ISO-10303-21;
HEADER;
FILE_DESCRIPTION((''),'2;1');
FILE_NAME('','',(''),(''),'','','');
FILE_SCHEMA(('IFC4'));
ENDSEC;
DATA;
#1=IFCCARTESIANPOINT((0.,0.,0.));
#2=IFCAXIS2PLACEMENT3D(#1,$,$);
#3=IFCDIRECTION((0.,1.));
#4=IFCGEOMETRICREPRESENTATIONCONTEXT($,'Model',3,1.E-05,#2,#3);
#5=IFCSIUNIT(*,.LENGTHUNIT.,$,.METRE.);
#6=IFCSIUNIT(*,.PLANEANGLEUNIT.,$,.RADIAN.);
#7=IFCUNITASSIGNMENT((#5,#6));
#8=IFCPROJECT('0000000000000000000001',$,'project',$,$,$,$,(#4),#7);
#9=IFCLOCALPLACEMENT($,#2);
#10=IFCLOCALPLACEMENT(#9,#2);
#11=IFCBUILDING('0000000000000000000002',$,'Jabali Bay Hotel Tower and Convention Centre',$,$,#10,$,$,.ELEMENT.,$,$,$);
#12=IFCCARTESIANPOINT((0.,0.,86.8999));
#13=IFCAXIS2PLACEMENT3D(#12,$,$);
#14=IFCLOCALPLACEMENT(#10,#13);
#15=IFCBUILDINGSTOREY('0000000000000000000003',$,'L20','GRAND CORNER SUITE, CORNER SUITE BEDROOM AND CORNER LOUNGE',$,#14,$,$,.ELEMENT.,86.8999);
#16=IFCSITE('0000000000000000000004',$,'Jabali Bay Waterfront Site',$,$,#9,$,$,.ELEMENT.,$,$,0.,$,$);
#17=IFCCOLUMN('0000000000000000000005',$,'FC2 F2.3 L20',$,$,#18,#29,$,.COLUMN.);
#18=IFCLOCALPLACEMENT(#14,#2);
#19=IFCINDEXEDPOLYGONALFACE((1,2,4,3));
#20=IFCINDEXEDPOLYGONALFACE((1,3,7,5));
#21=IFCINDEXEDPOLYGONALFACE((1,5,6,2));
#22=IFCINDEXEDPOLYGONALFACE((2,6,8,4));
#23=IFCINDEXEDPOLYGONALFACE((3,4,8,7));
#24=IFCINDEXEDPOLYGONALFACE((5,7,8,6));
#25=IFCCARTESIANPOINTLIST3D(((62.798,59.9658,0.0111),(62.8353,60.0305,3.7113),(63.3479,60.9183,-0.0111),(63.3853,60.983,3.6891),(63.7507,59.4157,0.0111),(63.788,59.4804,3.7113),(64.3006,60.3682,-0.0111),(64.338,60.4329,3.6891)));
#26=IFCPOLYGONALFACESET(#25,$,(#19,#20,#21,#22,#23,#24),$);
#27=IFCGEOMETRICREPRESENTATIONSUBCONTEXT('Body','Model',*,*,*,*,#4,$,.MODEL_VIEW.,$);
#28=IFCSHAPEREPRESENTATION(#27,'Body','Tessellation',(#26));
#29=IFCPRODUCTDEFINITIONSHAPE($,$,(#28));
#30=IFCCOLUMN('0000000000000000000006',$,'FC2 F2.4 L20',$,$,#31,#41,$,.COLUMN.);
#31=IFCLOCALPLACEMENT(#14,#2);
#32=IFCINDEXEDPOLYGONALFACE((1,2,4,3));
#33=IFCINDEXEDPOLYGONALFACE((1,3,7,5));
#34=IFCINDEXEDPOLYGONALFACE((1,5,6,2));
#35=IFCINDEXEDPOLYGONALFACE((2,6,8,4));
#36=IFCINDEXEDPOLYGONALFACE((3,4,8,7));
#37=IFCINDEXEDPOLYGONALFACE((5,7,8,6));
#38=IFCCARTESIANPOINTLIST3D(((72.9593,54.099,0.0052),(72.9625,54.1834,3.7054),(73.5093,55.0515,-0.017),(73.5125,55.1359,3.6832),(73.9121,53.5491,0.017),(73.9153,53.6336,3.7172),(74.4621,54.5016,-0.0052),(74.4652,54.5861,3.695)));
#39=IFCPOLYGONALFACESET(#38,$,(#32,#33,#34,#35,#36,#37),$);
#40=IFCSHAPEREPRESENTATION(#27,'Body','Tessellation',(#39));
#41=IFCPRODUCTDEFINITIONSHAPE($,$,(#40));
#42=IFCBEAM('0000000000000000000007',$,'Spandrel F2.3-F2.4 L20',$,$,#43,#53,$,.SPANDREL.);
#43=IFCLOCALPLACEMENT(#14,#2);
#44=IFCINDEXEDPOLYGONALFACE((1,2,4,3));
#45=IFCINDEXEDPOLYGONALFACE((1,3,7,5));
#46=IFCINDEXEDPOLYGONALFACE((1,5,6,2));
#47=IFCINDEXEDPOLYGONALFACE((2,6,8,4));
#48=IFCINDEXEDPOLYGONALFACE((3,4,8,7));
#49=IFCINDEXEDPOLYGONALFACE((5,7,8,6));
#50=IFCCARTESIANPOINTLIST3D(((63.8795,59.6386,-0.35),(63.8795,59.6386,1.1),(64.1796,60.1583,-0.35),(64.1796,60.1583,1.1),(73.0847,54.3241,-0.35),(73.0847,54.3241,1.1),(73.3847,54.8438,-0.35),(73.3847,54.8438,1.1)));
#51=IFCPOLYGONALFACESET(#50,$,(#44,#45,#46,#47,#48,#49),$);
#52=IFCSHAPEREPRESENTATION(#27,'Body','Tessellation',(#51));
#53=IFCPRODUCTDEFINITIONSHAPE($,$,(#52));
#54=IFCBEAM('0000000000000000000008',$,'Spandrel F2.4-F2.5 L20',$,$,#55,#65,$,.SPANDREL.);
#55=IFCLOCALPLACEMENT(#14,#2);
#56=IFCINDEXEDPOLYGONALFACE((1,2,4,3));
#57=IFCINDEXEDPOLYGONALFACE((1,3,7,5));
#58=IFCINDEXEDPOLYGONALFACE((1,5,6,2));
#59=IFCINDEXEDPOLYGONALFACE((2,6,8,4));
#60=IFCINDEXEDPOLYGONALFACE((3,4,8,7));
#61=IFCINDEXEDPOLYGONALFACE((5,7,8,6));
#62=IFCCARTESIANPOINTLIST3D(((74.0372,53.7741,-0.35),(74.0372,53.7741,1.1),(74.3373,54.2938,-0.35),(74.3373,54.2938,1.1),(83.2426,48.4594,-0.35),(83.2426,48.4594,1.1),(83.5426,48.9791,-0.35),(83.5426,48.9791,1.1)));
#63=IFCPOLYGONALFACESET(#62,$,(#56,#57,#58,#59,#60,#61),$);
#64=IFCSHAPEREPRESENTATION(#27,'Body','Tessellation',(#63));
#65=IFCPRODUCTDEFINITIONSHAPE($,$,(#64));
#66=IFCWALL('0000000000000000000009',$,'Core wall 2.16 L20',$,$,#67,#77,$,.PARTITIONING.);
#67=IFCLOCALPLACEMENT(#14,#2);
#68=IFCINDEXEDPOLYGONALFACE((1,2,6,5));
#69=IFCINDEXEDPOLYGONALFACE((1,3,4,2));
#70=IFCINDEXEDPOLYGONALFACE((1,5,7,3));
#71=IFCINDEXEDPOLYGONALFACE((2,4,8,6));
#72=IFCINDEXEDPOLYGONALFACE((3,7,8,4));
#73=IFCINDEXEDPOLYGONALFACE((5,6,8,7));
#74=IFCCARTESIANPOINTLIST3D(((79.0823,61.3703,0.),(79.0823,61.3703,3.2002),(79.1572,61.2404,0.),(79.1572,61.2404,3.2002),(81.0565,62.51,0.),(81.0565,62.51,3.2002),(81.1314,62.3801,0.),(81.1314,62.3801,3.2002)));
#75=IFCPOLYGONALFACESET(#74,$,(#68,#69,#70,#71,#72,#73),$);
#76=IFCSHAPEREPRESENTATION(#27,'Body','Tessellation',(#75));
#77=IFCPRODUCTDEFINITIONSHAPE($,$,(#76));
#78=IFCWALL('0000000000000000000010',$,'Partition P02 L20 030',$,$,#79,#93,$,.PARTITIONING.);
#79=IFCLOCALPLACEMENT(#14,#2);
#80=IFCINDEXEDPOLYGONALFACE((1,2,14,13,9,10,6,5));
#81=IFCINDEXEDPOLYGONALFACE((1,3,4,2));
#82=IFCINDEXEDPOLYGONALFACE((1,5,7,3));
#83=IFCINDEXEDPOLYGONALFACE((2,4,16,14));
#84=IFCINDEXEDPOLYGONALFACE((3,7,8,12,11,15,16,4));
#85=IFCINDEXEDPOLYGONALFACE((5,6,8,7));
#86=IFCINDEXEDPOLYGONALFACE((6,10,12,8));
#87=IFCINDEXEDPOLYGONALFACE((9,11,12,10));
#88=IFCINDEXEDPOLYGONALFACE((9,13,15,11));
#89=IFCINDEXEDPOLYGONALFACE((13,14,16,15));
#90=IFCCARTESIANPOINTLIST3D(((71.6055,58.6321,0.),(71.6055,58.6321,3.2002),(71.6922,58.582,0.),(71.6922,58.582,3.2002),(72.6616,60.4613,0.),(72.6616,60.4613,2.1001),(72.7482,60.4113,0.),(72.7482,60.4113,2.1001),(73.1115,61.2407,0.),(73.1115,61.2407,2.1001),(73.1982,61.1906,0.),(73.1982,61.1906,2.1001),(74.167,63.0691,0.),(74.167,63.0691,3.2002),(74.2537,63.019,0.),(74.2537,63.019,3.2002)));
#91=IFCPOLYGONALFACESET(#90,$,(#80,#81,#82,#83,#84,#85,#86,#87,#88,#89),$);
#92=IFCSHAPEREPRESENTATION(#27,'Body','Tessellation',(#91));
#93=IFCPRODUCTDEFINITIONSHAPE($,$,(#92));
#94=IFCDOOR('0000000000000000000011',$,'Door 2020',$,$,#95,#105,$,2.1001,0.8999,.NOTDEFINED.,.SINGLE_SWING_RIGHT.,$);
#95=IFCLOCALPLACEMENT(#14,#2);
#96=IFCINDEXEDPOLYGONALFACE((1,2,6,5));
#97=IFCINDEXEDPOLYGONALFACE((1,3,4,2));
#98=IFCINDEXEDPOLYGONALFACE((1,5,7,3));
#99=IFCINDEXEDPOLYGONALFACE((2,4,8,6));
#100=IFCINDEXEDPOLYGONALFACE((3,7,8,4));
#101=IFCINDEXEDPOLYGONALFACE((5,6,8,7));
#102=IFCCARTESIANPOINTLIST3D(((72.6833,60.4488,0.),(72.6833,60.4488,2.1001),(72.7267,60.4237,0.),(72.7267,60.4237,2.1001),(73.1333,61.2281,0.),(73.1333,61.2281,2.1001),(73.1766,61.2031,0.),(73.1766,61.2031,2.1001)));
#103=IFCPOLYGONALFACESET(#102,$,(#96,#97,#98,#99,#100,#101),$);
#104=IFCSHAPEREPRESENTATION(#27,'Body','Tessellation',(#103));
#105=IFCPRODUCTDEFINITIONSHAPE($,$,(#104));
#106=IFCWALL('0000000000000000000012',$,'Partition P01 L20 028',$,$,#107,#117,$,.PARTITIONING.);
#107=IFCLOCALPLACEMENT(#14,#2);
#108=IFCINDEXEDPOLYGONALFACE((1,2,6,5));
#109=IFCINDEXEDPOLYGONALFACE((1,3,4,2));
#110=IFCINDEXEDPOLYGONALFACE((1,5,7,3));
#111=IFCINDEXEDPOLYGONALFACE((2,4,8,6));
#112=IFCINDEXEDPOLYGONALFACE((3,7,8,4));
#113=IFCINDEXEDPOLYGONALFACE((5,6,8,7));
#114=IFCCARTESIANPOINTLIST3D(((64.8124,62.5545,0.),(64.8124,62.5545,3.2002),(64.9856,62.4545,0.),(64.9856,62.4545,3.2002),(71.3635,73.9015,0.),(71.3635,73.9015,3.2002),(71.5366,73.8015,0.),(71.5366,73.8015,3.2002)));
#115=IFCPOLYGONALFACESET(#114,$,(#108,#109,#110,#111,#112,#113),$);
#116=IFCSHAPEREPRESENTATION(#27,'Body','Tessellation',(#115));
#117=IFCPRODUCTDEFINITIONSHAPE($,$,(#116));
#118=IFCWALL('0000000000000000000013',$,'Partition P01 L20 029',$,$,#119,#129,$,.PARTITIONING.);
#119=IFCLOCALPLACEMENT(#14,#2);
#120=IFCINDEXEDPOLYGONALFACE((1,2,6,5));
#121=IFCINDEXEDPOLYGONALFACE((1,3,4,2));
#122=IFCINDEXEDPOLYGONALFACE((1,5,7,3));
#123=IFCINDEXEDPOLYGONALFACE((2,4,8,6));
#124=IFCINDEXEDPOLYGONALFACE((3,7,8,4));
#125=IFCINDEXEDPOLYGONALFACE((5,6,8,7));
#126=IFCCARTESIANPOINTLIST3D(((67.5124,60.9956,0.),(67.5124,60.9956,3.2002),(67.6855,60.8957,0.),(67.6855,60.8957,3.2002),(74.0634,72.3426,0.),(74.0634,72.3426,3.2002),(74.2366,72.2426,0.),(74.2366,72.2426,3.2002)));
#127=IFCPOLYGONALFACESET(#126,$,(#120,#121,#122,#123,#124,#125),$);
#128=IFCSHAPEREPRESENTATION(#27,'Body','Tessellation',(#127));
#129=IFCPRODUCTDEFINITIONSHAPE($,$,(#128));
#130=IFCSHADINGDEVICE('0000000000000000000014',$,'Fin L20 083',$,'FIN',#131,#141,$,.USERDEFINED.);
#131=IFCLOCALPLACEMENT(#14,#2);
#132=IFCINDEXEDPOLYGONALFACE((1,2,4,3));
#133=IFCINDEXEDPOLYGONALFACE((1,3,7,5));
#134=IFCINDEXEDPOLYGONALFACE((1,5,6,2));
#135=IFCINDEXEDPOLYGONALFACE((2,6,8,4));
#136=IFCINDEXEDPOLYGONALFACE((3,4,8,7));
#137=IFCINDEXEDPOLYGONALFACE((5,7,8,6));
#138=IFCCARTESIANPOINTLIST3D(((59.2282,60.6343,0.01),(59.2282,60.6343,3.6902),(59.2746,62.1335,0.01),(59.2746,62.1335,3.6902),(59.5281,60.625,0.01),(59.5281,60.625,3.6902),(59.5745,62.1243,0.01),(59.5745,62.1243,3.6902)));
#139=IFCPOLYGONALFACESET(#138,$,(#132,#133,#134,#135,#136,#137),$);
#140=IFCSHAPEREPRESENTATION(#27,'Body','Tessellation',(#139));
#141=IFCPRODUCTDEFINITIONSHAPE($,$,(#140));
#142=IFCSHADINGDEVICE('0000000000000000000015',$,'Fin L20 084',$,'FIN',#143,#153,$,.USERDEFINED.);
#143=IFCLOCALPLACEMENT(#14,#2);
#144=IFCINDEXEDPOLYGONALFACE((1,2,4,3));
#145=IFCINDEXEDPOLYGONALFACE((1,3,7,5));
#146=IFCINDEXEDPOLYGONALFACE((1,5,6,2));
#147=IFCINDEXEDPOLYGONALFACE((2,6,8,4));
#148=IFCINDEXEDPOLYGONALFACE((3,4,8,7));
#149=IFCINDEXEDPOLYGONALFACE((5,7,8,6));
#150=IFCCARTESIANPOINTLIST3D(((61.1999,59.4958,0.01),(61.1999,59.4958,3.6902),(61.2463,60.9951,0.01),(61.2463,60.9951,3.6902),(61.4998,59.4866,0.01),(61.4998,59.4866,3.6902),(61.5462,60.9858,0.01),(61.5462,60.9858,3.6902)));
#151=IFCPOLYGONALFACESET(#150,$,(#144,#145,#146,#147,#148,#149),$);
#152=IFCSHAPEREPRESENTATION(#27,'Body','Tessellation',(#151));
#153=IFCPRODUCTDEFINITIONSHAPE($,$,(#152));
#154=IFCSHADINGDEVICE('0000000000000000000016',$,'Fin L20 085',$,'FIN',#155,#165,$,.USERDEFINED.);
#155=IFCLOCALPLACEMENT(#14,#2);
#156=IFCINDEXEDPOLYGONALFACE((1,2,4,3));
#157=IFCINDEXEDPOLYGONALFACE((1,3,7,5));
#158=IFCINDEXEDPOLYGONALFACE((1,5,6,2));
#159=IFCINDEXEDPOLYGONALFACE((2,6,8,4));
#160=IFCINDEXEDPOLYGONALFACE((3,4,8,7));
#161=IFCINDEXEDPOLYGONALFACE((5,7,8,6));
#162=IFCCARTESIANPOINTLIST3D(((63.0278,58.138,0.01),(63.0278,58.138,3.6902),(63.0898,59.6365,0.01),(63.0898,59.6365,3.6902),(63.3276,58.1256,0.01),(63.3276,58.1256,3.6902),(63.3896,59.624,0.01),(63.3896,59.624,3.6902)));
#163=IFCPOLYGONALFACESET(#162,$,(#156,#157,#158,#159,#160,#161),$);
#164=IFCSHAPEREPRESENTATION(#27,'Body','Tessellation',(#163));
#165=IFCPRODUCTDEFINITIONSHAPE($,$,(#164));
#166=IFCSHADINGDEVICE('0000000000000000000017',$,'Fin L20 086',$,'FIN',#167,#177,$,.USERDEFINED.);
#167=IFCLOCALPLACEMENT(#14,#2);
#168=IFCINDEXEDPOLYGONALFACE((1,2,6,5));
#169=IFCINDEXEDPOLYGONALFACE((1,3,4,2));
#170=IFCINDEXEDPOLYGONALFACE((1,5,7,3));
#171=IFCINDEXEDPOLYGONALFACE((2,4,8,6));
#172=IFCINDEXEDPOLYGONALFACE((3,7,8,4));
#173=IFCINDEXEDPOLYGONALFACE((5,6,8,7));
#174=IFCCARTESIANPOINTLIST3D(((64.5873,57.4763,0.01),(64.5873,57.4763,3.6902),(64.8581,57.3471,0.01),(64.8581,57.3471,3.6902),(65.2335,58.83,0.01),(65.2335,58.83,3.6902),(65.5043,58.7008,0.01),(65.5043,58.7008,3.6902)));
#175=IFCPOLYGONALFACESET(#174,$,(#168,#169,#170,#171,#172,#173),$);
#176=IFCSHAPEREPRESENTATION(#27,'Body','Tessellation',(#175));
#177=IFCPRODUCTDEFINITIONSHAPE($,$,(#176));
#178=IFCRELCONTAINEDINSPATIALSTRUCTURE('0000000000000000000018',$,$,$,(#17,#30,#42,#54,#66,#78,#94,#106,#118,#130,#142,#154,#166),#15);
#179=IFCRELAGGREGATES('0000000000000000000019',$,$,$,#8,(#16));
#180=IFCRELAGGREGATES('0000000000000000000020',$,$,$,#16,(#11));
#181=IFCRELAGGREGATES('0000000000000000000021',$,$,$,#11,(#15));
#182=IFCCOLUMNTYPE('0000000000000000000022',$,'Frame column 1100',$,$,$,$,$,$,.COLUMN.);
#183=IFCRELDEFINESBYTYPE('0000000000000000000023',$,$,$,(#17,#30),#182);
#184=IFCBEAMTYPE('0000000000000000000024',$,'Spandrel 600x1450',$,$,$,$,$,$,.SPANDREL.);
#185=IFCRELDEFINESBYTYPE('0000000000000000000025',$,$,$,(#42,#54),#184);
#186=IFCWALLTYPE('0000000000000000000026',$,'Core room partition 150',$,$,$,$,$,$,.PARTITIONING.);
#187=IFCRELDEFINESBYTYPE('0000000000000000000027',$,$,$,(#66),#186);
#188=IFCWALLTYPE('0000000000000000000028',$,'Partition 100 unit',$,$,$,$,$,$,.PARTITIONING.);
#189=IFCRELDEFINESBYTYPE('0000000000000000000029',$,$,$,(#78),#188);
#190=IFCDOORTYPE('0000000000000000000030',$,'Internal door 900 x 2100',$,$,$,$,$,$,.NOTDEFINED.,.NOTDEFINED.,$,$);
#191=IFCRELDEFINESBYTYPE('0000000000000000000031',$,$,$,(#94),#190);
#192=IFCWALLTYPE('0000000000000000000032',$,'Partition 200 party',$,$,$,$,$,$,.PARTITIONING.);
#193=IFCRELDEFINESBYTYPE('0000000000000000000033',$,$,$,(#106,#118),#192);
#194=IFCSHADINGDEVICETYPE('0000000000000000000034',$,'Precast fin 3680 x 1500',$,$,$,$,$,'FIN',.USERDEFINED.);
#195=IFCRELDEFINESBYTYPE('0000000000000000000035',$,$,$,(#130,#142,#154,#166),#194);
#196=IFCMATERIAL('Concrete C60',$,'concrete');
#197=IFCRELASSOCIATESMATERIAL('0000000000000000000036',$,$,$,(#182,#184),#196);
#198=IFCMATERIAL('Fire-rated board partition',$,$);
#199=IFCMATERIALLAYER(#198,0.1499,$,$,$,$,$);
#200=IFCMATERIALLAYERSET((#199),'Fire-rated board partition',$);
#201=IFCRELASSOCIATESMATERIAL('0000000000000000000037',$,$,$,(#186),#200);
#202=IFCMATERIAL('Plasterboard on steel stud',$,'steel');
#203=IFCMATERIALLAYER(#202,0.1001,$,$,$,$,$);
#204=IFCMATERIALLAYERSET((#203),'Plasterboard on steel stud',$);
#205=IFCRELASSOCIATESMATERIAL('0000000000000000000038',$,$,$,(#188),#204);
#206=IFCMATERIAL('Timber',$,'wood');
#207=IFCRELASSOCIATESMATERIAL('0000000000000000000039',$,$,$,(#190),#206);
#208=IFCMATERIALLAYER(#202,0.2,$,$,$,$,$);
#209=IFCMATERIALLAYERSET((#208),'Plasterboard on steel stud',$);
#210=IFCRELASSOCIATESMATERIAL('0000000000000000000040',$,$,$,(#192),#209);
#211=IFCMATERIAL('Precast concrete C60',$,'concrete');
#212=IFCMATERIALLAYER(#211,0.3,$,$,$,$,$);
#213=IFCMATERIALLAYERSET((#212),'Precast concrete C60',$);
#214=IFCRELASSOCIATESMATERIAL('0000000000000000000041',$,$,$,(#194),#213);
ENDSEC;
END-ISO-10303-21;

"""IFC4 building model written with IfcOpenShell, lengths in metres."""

from ifc_helpers import new_model, si_unit, direction, frame, frame_2d, origin, origin_2d, place, context, subcontext, project, spatial, rectangle, extrude, material, layer, layer_set, material_profile, profile_set, type_object, element, fill, save


model = new_model("IFC4")

# Units and contexts
model_context = context("Model", 3, precision=1e-05, world=origin(), true_north=direction((0.0, 1.0)))
body_context = subcontext(model_context, "Body", "Model", "MODEL_VIEW")
ifc_project = project(units=[si_unit("LENGTHUNIT", "METRE"), si_unit("PLANEANGLEUNIT", "RADIAN")], contexts=[model_context])

# Site, building, storey
site_placement = place(None, origin())
site = spatial("IfcSite", under=ifc_project, at=site_placement, Name="Jabali Bay Waterfront Site", CompositionType="ELEMENT", RefElevation=0.0)
building_placement = place(site_placement, origin())
building = spatial("IfcBuilding", under=site, at=building_placement, Name="Jabali Bay Hotel Tower and Convention Centre", CompositionType="ELEMENT")
storey_placement = place(building_placement, frame((0.0, 0.0, 86.8999)))
storey = spatial("IfcBuildingStorey", under=building, at=storey_placement, Name="L20", Description="GRAND CORNER SUITE, CORNER SUITE BEDROOM AND CORNER LOUNGE", CompositionType="ELEMENT", Elevation=86.8999)

# Columns
ifc_material_1 = material(Name="Concrete C60", Category="concrete")
ifc_material_profile_1 = material_profile(ifc_material_1, rectangle(XDim=1.1001, YDim=1.1001, at=origin_2d()), Name="Frame column 1100")
ifc_profile_set_1 = profile_set([ifc_material_profile_1], Name="Concrete C60")
column_type = type_object("IfcColumnType", Name="Frame column 1100", PredefinedType="COLUMN", material=ifc_profile_set_1)
column_1_placement = place(storey_placement, frame((63.5493, 60.167, 0.0), z_axis=(0.010093, 0.017481, 0.999796), x_axis=(-0.499913, -0.86584, 0.020186)))
element("IfcColumn", 1, at=column_1_placement, inside=storey, type_object=column_type, Name="FC2 F2.3 L20", PredefinedType="COLUMN", context=body_context, shape_type="SweptSolid", body=[
    extrude(rectangle(XDim=1.1001, YDim=1.1001, at=origin_2d()), origin(), (0.0, 0.0, 1.0), 3.7009),
])
column_2_placement = place(storey_placement, frame((73.7107, 54.3003, 0.0), z_axis=(0.000858, 0.022823, 0.999739), x_axis=(-0.499939, -0.865825, 0.020195)))
element("IfcColumn", 2, at=column_2_placement, inside=storey, type_object=column_type, Name="FC2 F2.4 L20", PredefinedType="COLUMN", context=body_context, shape_type="SweptSolid", body=[
    extrude(rectangle(XDim=1.1001, YDim=1.1001, at=origin_2d()), origin(), (0.0, 0.0, 1.0), 3.7012),
])

# Beams
ifc_material_profile_2 = material_profile(ifc_material_1, rectangle(XDim=0.6001, YDim=1.45, at=origin_2d()), Name="Spandrel 600x1450")
ifc_profile_set_2 = profile_set([ifc_material_profile_2], Name="Concrete C60")
beam_type = type_object("IfcBeamType", Name="Spandrel 600x1450", PredefinedType="SPANDREL", material=ifc_profile_set_2)
beam_1_placement = place(storey_placement, frame((64.0295, 59.8984, 0.375), z_axis=(0.86603, -0.499993, 0.0), x_axis=(0.499993, 0.86603, 0.0)))
element("IfcBeam", 3, at=beam_1_placement, inside=storey, type_object=beam_type, Name="Spandrel F2.3-F2.4 L20", PredefinedType="SPANDREL", context=body_context, shape_type="SweptSolid", body=[
    extrude(rectangle(XDim=0.6001, YDim=1.45, at=origin_2d()), origin(), (0.0, 0.0, 1.0), 10.6292),
])
beam_2_placement = place(storey_placement, frame((74.1873, 54.0339, 0.375), z_axis=(0.866025, -0.5, 0.0), x_axis=(0.5, 0.866025, 0.0)))
element("IfcBeam", 4, at=beam_2_placement, inside=storey, type_object=beam_type, Name="Spandrel F2.4-F2.5 L20", PredefinedType="SPANDREL", context=body_context, shape_type="SweptSolid", body=[
    extrude(rectangle(XDim=0.6001, YDim=1.45, at=origin_2d()), origin(), (0.0, 0.0, 1.0), 10.6294),
])

# Wall
ifc_material_2 = material(Name="Fire-rated board partition")
ifc_layer_1 = layer(ifc_material_2, 0.1499)
ifc_layer_set_1 = layer_set([ifc_layer_1], Name="Fire-rated board partition")
wall_type_1 = type_object("IfcWallType", Name="Core room partition 150", PredefinedType="PARTITIONING", material=ifc_layer_set_1)
wall_1_placement = place(storey_placement, frame((79.1199, 61.3054, 0.0), z_axis=(0.0, 0.0, 1.0), x_axis=(0.866046, 0.499964, 0.0)))
element("IfcWall", 5, at=wall_1_placement, inside=storey, type_object=wall_type_1, Name="Core wall 2.16 L20", PredefinedType="PARTITIONING", context=body_context, shape_type="SweptSolid", body=[
    extrude(rectangle(XDim=2.2795, YDim=0.1499, at=frame_2d((1.1396, 0.0))), origin(), (0.0, 0.0, 1.0), 3.2002),
])

# Wall, opening, door
ifc_material_3 = material(Name="Plasterboard on steel stud", Category="steel")
ifc_layer_2 = layer(ifc_material_3, 0.1001)
ifc_layer_set_2 = layer_set([ifc_layer_2], Name="Plasterboard on steel stud")
wall_type_2 = type_object("IfcWallType", Name="Partition 100 unit", PredefinedType="PARTITIONING", material=ifc_layer_set_2)
wall_2_placement = place(storey_placement, frame((71.6489, 58.6072, 0.0), z_axis=(0.0, 0.0, 1.0), x_axis=(0.499973, 0.866041, 0.0)))
wall_2 = element("IfcWall", 6, at=wall_2_placement, inside=storey, type_object=wall_type_2, Name="Partition P02 L20 030", PredefinedType="PARTITIONING", context=body_context, shape_type="SweptSolid", body=[
    extrude(rectangle(XDim=5.1233, YDim=0.1001, at=frame_2d((2.5615, 0.0))), origin(), (0.0, 0.0, 1.0), 3.2002),
])
opening_placement = place(wall_2_placement, frame((2.1121, 0.0, 0.0)))
opening = element("IfcOpeningElement", 7, at=opening_placement, cuts=wall_2, PredefinedType="OPENING", context=body_context, shape_type="SweptSolid", body=[
    extrude(rectangle(XDim=0.8999, YDim=2.1001, at=frame_2d((0.45, 1.05))), frame((0.0, 0.0605, 0.0), z_axis=(0.0, -1.0, 0.0), x_axis=(1.0, 0.0, 0.0)), (0.0, 0.0, 1.0), 0.1211),
])
ifc_material_4 = material(Name="Timber", Category="wood")
door_type = type_object("IfcDoorType", Name="Internal door 900 x 2100", OperationType="NOTDEFINED", PredefinedType="NOTDEFINED", material=ifc_material_4)
door_placement = place(opening_placement, origin())
door = element("IfcDoor", 8, at=door_placement, inside=storey, type_object=door_type, Name="Door 2020", OperationType="SINGLE_SWING_RIGHT", OverallHeight=2.1001, OverallWidth=0.8999, PredefinedType="NOTDEFINED", context=body_context, shape_type="SweptSolid", body=[
    extrude(rectangle(XDim=0.8999, YDim=2.1001, at=frame_2d((0.45, 1.05))), frame((0.0, 0.0249, 0.0), z_axis=(0.0, -1.0, 0.0), x_axis=(1.0, 0.0, 0.0)), (0.0, 0.0, 1.0), 0.05),
])
fill(opening, door)

# Walls
ifc_layer_3 = layer(ifc_material_3, 0.2)
ifc_layer_set_3 = layer_set([ifc_layer_3], Name="Plasterboard on steel stud")
wall_type_3 = type_object("IfcWallType", Name="Partition 200 party", PredefinedType="PARTITIONING", material=ifc_layer_set_3)
for number, where, z_axis, x_axis, name in (
    (9, (64.8989, 62.5044, 0.0), (0.0, 0.0, 1.0), (0.499993, 0.86603, 0.0), "Partition P01 L20 028"),
    (10, (67.5989, 60.9456, 0.0), (0.0, 0.0, 1.0), (0.499993, 0.86603, 0.0), "Partition P01 L20 029"),
):
    element("IfcWall", number, at=place(storey_placement, frame(where, z_axis=z_axis, x_axis=x_axis)), inside=storey, type_object=wall_type_3, Name=name, PredefinedType="PARTITIONING", context=body_context, shape_type="SweptSolid", body=[
        extrude(rectangle(XDim=13.1023, YDim=0.2, at=frame_2d((6.5513, 0.0))), origin(), (0.0, 0.0, 1.0), 3.2002),
    ])

# Shading devices
ifc_material_5 = material(Name="Precast concrete C60", Category="concrete")
ifc_layer_4 = layer(ifc_material_5, 0.3)
ifc_layer_set_4 = layer_set([ifc_layer_4], Name="Precast concrete C60")
shading_device_type = type_object("IfcShadingDeviceType", Name="Precast fin 3680 x 1500", ElementType="FIN", PredefinedType="USERDEFINED", material=ifc_layer_set_4)
for number, where, z_axis, x_axis, name in (
    (11, (59.4246, 62.1289, 0.01), (0.0, 0.0, 1.0), (-0.030925, -0.999522, 0.0), "Fin L20 083"),
    (12, (61.3962, 60.9905, 0.01), (0.0, 0.0, 1.0), (-0.030925, -0.999522, 0.0), "Fin L20 084"),
):
    element("IfcShadingDevice", number, at=place(storey_placement, frame(where, z_axis=z_axis, x_axis=x_axis)), inside=storey, type_object=shading_device_type, Name=name, ObjectType="FIN", PredefinedType="USERDEFINED", context=body_context, shape_type="SweptSolid", body=[
        extrude(rectangle(XDim=1.5, YDim=0.3, at=frame_2d((0.75, 0.0))), origin(), (0.0, 0.0, 1.0), 3.6802),
    ])
shading_device_1_placement = place(storey_placement, frame((63.2397, 59.6304, 0.01), z_axis=(0.0, 0.0, 1.0), x_axis=(-0.041346, -0.999145, 0.0)))
element("IfcShadingDevice", 13, at=shading_device_1_placement, inside=storey, type_object=shading_device_type, Name="Fin L20 085", ObjectType="FIN", PredefinedType="USERDEFINED", context=body_context, shape_type="SweptSolid", body=[
    extrude(rectangle(XDim=1.4998, YDim=0.3, at=frame_2d((0.75, 0.0))), origin(), (0.0, 0.0, 1.0), 3.6802),
])
shading_device_2_placement = place(storey_placement, frame((65.3689, 58.7654, 0.01), z_axis=(0.0, 0.0, 1.0), x_axis=(-0.430799, -0.902448, 0.0)))
element("IfcShadingDevice", 14, at=shading_device_2_placement, inside=storey, type_object=shading_device_type, Name="Fin L20 086", ObjectType="FIN", PredefinedType="USERDEFINED", context=body_context, shape_type="SweptSolid", body=[
    extrude(rectangle(XDim=1.5, YDim=0.3, at=frame_2d((0.75, 0.0))), origin(), (0.0, 0.0, 1.0), 3.6802),
])

save(model, "model.ifc")
